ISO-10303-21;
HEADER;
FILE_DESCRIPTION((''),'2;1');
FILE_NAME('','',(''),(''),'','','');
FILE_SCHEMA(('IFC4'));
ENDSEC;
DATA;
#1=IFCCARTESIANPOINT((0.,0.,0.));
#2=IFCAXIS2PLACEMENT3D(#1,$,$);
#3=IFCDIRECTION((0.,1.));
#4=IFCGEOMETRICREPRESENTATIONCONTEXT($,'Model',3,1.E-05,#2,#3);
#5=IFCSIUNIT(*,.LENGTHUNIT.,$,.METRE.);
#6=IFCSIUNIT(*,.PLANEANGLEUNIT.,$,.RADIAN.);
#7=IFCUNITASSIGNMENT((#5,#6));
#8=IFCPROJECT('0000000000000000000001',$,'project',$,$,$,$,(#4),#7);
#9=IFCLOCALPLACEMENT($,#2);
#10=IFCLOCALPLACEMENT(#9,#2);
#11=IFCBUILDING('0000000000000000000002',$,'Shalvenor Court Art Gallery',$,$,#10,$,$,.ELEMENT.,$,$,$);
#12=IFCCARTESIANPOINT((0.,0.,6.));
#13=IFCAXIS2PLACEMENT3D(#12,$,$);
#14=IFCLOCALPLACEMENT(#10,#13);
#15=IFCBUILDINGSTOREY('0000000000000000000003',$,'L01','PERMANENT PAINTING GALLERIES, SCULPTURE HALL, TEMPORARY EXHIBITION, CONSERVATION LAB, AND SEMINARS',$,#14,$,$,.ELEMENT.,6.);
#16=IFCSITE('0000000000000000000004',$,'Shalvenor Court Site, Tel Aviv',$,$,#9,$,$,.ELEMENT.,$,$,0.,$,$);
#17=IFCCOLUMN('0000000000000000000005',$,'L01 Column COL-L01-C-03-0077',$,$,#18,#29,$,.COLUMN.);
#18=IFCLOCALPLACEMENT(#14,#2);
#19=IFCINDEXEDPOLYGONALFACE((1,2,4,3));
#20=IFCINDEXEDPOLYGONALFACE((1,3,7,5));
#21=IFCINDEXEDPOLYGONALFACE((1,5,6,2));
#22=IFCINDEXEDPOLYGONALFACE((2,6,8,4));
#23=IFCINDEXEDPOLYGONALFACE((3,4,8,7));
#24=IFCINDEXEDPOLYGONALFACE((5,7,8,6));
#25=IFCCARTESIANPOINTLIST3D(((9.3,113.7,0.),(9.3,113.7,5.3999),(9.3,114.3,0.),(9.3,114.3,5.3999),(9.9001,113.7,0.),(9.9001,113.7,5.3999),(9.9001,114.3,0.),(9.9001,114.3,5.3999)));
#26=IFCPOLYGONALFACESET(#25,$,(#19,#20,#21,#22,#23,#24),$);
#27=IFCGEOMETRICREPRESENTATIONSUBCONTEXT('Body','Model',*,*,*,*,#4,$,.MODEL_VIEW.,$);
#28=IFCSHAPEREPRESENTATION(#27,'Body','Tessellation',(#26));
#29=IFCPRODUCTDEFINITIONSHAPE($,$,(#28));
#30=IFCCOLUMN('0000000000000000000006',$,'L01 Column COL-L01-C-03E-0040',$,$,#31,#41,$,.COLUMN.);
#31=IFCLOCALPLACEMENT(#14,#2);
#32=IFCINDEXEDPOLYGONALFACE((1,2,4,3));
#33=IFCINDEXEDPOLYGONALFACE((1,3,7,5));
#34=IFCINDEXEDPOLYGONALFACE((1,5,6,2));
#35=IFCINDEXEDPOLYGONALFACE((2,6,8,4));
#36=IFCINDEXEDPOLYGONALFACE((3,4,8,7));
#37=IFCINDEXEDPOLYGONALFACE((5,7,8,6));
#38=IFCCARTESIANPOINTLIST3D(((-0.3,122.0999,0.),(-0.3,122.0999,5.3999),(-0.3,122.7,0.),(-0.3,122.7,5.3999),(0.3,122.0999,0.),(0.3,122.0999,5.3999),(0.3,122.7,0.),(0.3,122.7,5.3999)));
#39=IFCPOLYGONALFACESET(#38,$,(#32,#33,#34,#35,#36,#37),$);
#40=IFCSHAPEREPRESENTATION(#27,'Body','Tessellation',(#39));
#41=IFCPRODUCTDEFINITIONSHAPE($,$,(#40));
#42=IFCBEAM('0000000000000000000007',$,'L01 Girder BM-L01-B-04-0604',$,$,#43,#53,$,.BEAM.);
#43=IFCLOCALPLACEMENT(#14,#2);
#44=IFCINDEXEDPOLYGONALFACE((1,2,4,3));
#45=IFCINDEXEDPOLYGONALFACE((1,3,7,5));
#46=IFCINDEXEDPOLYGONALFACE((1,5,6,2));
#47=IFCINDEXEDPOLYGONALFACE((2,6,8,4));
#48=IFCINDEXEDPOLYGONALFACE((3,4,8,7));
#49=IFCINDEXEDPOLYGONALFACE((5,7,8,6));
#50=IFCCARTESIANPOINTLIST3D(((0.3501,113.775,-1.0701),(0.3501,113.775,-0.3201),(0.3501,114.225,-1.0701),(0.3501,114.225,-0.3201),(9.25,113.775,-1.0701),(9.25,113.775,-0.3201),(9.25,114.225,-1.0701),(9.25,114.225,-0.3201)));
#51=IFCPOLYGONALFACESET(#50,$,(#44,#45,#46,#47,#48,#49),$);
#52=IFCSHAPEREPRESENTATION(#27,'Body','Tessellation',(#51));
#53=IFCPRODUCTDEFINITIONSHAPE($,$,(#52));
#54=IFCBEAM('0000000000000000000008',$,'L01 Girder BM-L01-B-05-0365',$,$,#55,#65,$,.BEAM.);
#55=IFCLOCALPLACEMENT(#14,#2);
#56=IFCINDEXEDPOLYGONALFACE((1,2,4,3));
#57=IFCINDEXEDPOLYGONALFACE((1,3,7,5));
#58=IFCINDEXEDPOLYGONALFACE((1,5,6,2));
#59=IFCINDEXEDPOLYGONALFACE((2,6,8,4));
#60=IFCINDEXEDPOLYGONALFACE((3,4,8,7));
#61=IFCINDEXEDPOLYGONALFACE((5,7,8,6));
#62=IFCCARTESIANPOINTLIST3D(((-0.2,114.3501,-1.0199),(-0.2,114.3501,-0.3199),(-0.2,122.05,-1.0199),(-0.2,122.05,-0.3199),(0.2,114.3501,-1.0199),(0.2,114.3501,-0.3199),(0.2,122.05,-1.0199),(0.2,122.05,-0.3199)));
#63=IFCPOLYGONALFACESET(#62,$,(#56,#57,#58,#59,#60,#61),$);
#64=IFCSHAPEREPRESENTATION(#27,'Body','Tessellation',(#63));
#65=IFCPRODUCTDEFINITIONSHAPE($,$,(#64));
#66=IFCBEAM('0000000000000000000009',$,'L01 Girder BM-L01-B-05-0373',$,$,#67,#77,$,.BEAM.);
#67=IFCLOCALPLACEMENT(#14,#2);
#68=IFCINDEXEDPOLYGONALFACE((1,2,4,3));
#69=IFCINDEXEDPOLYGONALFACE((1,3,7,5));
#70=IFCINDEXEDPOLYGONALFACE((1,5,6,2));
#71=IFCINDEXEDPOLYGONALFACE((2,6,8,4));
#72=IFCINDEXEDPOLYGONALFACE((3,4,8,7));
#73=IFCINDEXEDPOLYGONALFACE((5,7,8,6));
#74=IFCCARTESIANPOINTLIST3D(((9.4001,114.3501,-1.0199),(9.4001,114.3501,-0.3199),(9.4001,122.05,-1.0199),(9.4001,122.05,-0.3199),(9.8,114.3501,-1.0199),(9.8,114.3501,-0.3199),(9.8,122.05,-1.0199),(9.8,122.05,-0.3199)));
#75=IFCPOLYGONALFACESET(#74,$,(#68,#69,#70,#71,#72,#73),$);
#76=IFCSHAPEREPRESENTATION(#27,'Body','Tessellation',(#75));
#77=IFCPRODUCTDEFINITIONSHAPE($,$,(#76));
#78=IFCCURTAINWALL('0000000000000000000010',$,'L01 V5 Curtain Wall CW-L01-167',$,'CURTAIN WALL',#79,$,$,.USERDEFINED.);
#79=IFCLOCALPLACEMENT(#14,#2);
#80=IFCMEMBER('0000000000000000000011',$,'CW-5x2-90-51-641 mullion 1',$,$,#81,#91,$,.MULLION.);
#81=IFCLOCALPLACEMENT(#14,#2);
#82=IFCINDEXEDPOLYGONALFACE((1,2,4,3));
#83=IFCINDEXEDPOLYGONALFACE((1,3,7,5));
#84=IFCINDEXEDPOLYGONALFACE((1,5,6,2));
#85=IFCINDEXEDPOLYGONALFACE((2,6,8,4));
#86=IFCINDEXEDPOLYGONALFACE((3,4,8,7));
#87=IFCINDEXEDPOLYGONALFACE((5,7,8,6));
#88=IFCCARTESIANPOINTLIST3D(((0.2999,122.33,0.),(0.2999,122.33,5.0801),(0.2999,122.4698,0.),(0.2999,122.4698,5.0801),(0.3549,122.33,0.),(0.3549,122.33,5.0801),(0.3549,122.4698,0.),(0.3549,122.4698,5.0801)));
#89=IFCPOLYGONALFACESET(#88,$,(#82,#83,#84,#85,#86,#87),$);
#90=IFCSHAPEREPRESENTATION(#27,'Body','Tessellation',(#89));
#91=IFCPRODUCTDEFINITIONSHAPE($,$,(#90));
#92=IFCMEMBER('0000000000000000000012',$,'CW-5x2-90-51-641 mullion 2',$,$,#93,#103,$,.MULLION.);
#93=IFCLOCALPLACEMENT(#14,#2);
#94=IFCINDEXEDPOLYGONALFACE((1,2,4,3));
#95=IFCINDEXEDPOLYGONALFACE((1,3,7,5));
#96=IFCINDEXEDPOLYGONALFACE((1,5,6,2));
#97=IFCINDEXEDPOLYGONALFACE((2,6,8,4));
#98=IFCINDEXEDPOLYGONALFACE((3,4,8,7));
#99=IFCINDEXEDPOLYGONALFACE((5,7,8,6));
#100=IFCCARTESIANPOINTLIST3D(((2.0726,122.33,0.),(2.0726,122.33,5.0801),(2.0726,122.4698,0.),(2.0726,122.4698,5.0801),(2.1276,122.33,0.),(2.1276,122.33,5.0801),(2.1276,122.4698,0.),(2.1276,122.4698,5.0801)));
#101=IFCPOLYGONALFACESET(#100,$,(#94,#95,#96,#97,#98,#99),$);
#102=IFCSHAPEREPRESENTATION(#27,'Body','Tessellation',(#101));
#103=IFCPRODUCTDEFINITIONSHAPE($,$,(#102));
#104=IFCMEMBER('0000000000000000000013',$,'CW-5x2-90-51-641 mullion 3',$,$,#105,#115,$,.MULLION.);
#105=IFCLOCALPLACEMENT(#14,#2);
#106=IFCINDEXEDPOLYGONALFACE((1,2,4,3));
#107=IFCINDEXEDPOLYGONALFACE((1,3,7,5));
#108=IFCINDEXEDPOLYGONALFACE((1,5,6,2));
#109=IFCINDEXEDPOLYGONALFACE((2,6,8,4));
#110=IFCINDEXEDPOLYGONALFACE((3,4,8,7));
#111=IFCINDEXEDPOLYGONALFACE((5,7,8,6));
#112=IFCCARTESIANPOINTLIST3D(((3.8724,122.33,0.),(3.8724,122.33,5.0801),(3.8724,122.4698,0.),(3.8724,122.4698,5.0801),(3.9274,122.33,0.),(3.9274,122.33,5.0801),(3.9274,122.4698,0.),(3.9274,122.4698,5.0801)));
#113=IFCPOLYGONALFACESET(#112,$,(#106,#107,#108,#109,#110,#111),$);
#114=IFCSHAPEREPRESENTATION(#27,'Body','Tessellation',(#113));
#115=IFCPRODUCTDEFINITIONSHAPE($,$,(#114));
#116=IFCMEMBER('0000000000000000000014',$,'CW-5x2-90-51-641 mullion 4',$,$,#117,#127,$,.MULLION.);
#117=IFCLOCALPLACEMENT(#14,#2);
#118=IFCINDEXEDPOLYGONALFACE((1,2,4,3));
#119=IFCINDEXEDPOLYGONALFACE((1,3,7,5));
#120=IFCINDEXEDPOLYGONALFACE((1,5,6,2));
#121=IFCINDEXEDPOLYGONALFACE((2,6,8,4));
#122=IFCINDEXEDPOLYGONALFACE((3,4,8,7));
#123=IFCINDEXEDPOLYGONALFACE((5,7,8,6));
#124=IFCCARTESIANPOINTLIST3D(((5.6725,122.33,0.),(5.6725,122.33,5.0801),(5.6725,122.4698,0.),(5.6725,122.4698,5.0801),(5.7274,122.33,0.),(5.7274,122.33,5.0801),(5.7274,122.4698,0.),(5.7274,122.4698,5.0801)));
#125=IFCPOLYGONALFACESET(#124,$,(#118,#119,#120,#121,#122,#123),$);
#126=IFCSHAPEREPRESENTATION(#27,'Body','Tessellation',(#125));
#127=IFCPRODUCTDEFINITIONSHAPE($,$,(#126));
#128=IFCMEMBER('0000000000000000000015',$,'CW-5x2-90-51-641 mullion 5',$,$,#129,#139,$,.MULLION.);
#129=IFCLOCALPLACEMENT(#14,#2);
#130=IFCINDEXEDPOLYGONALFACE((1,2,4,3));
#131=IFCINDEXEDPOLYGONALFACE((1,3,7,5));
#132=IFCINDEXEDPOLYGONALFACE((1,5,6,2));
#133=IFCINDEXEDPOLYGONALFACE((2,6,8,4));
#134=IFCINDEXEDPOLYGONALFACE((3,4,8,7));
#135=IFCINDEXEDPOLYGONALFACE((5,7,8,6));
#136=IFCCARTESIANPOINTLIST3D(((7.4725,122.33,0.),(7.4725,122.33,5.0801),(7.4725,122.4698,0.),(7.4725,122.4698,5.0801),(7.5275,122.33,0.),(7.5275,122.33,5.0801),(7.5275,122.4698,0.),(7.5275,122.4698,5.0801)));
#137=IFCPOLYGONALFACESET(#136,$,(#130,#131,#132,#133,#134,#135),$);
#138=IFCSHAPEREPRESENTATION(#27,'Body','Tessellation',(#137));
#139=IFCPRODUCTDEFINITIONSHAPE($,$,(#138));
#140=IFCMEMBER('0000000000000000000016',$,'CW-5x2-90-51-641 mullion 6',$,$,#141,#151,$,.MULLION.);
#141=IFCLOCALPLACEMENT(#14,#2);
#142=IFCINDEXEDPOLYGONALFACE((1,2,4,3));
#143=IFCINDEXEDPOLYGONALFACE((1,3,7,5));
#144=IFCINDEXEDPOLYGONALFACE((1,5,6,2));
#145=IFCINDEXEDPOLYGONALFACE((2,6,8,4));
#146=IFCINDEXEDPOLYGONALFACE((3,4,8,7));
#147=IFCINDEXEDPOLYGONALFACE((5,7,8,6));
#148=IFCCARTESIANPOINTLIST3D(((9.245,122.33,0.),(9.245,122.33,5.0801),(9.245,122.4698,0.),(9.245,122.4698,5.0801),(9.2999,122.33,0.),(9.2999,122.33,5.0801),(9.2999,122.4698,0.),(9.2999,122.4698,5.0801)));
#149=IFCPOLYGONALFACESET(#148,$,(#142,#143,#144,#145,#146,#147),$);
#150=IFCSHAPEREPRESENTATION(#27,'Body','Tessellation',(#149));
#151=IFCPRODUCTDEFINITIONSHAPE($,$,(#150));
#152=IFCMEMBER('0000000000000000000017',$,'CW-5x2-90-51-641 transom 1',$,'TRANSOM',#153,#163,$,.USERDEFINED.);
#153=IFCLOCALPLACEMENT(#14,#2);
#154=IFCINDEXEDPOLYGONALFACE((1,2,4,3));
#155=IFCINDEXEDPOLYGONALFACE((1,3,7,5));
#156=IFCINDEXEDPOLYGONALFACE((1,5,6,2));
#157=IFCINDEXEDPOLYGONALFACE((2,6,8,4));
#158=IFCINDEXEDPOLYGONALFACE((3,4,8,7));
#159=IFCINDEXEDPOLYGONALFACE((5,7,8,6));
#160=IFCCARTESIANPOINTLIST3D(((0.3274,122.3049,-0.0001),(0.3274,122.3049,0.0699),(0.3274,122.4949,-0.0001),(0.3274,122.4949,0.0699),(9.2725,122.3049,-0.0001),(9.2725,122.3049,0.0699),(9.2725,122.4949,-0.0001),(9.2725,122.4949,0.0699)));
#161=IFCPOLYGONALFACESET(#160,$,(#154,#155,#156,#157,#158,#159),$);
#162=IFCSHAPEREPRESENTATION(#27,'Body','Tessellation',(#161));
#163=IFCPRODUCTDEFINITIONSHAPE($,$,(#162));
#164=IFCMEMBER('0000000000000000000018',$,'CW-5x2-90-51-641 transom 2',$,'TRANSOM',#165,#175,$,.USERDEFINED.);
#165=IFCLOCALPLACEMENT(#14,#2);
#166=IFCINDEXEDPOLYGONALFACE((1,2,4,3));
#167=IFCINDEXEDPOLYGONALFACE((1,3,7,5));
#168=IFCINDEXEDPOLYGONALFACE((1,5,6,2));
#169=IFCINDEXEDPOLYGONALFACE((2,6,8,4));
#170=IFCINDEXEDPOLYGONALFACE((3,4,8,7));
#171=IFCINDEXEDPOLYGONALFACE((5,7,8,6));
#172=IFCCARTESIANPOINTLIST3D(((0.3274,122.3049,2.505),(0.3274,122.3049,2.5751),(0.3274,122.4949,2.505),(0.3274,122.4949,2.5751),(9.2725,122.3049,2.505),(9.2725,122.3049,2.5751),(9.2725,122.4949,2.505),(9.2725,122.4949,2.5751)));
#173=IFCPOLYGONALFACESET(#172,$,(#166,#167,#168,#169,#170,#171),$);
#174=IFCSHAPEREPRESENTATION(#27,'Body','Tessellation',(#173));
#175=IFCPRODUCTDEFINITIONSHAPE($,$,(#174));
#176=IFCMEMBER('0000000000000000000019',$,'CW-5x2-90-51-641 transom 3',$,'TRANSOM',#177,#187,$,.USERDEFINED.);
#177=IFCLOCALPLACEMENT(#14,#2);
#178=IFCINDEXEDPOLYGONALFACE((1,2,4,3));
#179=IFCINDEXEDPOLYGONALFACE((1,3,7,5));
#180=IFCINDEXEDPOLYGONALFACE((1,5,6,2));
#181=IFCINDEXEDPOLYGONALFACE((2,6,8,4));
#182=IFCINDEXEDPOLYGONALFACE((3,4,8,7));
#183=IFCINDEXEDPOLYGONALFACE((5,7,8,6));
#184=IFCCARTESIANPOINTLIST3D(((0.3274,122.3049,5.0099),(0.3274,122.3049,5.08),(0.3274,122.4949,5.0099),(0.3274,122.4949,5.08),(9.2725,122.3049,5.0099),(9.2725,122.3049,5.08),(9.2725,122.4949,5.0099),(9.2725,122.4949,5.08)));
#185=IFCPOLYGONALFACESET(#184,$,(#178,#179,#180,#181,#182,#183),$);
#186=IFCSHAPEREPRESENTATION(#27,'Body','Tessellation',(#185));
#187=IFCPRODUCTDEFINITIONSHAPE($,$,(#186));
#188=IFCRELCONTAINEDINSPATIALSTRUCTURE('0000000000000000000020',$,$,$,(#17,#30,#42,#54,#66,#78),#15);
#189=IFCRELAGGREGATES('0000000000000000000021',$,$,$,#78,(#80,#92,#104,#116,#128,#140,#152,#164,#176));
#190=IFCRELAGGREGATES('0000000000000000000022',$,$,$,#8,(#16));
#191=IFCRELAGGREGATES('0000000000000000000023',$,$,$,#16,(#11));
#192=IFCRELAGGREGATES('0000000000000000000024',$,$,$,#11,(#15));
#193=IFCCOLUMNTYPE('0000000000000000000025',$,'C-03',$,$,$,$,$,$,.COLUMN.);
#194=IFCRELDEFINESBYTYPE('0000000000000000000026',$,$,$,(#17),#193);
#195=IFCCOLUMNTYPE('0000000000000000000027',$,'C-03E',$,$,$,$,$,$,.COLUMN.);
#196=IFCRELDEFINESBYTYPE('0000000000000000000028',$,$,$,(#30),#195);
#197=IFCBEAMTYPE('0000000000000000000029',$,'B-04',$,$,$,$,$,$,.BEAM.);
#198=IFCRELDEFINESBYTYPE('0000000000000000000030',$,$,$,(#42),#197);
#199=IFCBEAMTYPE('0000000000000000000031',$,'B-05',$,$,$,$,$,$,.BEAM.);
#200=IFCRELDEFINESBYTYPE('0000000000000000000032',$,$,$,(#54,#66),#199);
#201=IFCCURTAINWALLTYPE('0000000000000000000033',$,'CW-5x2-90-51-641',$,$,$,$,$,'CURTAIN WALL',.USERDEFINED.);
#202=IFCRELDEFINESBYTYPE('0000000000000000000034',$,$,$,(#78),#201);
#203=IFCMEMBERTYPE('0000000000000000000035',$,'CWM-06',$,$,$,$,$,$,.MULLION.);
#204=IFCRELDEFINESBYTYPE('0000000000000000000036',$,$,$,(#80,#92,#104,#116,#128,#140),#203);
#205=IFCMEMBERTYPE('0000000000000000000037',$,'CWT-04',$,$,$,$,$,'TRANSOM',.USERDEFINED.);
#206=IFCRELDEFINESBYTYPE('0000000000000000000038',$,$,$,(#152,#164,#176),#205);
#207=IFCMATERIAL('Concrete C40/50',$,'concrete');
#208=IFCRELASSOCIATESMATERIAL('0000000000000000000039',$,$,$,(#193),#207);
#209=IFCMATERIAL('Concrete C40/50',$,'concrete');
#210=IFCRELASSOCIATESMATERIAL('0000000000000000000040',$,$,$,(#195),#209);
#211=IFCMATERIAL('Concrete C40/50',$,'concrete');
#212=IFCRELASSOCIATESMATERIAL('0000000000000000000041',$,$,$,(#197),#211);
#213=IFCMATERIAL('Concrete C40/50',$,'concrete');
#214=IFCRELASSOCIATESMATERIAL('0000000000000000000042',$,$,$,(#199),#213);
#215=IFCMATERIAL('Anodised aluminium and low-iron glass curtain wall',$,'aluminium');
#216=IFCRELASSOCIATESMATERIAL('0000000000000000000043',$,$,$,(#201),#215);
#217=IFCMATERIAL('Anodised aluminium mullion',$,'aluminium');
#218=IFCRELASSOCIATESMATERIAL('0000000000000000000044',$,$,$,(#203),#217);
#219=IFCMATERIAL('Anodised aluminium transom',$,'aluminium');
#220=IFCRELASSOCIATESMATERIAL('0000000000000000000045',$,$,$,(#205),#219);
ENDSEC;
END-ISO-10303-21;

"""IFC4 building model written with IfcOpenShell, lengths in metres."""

from ifc_helpers import new_model, si_unit, direction, frame, origin, origin_2d, place, context, subcontext, project, spatial, rectangle, extrude, material, material_profile, profile_set, type_object, element, aggregate, save


model = new_model("IFC4")

# Units and contexts
model_context = context("Model", 3, precision=1e-05, world=origin(), true_north=direction((0.0, 1.0)))
body_context = subcontext(model_context, "Body", "Model", "MODEL_VIEW")
ifc_project = project(units=[si_unit("LENGTHUNIT", "METRE"), si_unit("PLANEANGLEUNIT", "RADIAN")], contexts=[model_context])

# Site, building, storey
site_placement = place(None, origin())
site = spatial("IfcSite", under=ifc_project, at=site_placement, Name="Shalvenor Court Site, Tel Aviv", CompositionType="ELEMENT", RefElevation=0.0)
building_placement = place(site_placement, origin())
building = spatial("IfcBuilding", under=site, at=building_placement, Name="Shalvenor Court Art Gallery", CompositionType="ELEMENT")
storey_placement = place(building_placement, frame((0.0, 0.0, 6.0)))
storey = spatial("IfcBuildingStorey", under=building, at=storey_placement, Name="L01", Description="PERMANENT PAINTING GALLERIES, SCULPTURE HALL, TEMPORARY EXHIBITION, CONSERVATION LAB, AND SEMINARS", CompositionType="ELEMENT", Elevation=6.0)

# Columns
ifc_material_1 = material(Name="Concrete C40/50", Category="concrete")
ifc_material_profile_1 = material_profile(ifc_material_1, rectangle(XDim=0.6001, YDim=0.6001, at=origin_2d()), Name="RC 600x600")
ifc_profile_set_1 = profile_set([ifc_material_profile_1], Name="Concrete C40/50")
column_type_1 = type_object("IfcColumnType", Name="C-03", PredefinedType="COLUMN", material=ifc_profile_set_1)
column_1_placement = place(storey_placement, frame((9.6001, 114.0, 0.0), z_axis=(0.0, 0.0, 1.0), x_axis=(1.0, 0.0, 0.0)))
element("IfcColumn", 1, at=column_1_placement, inside=storey, type_object=column_type_1, Name="L01 Column COL-L01-C-03-0077", PredefinedType="COLUMN", context=body_context, shape_type="SweptSolid", body=[
    extrude(rectangle(XDim=0.6001, YDim=0.6001, at=origin_2d()), origin(), (0.0, 0.0, 1.0), 5.3999),
])
ifc_material_2 = material(Name="Concrete C40/50", Category="concrete")
ifc_material_profile_2 = material_profile(ifc_material_2, rectangle(XDim=0.6001, YDim=0.6001, at=origin_2d()), Name="RC 600x600")
ifc_profile_set_2 = profile_set([ifc_material_profile_2], Name="Concrete C40/50")
column_type_2 = type_object("IfcColumnType", Name="C-03E", PredefinedType="COLUMN", material=ifc_profile_set_2)
column_2_placement = place(storey_placement, frame((0.0, 122.3999, 0.0), z_axis=(0.0, 0.0, 1.0), x_axis=(1.0, 0.0, 0.0)))
element("IfcColumn", 2, at=column_2_placement, inside=storey, type_object=column_type_2, Name="L01 Column COL-L01-C-03E-0040", PredefinedType="COLUMN", context=body_context, shape_type="SweptSolid", body=[
    extrude(rectangle(XDim=0.6001, YDim=0.6001, at=origin_2d()), origin(), (0.0, 0.0, 1.0), 5.3999),
])

# Beams
ifc_material_3 = material(Name="Concrete C40/50", Category="concrete")
ifc_material_profile_3 = material_profile(ifc_material_3, rectangle(XDim=0.45, YDim=0.75, at=origin_2d()), Name="RC 450x750")
ifc_profile_set_3 = profile_set([ifc_material_profile_3], Name="Concrete C40/50")
beam_type_1 = type_object("IfcBeamType", Name="B-04", PredefinedType="BEAM", material=ifc_profile_set_3)
beam_1_placement = place(storey_placement, frame((0.3501, 114.0, -0.6951), z_axis=(1.0, 0.0, 0.0), x_axis=(0.0, 1.0, 0.0)))
element("IfcBeam", 3, at=beam_1_placement, inside=storey, type_object=beam_type_1, Name="L01 Girder BM-L01-B-04-0604", PredefinedType="BEAM", context=body_context, shape_type="SweptSolid", body=[
    extrude(rectangle(XDim=0.45, YDim=0.75, at=origin_2d()), origin(), (0.0, 0.0, 1.0), 8.8999),
])
ifc_material_4 = material(Name="Concrete C40/50", Category="concrete")
ifc_material_profile_4 = material_profile(ifc_material_4, rectangle(XDim=0.3999, YDim=0.7, at=origin_2d()), Name="RC 400x700")
ifc_profile_set_4 = profile_set([ifc_material_profile_4], Name="Concrete C40/50")
beam_type_2 = type_object("IfcBeamType", Name="B-05", PredefinedType="BEAM", material=ifc_profile_set_4)
for number, where, z_axis, x_axis, name in (
    (4, (0.0, 114.3501, -0.6699), (0.0, 1.0, 0.0), (-1.0, 0.0, 0.0), "L01 Girder BM-L01-B-05-0365"),
    (5, (9.6001, 114.3501, -0.6699), (0.0, 1.0, 0.0), (-1.0, 0.0, 0.0), "L01 Girder BM-L01-B-05-0373"),
):
    element("IfcBeam", number, at=place(storey_placement, frame(where, z_axis=z_axis, x_axis=x_axis)), inside=storey, type_object=beam_type_2, Name=name, PredefinedType="BEAM", context=body_context, shape_type="SweptSolid", body=[
        extrude(rectangle(XDim=0.3999, YDim=0.7, at=origin_2d()), origin(), (0.0, 0.0, 1.0), 7.7),
    ])

# Curtain wall, members
ifc_material_5 = material(Name="Anodised aluminium and low-iron glass curtain wall", Category="aluminium")
curtain_wall_type = type_object("IfcCurtainWallType", Name="CW-5x2-90-51-641", ElementType="CURTAIN WALL", PredefinedType="USERDEFINED", material=ifc_material_5)
curtain_wall_placement = place(storey_placement, origin())
curtain_wall = element("IfcCurtainWall", 6, at=curtain_wall_placement, inside=storey, type_object=curtain_wall_type, Name="L01 V5 Curtain Wall CW-L01-167", ObjectType="CURTAIN WALL", PredefinedType="USERDEFINED")
ifc_material_6 = material(Name="Anodised aluminium mullion", Category="aluminium")
ifc_material_profile_5 = material_profile(ifc_material_6, rectangle(XDim=0.0549, YDim=0.1399, at=origin_2d()), Name="CWM-06")
ifc_profile_set_5 = profile_set([ifc_material_profile_5], Name="Anodised aluminium mullion")
member_type_1 = type_object("IfcMemberType", Name="CWM-06", PredefinedType="MULLION", material=ifc_profile_set_5)
member_1_placement = place(storey_placement, frame((0.3274, 122.3999, 0.0), z_axis=(0.0, 0.0, 1.0), x_axis=(1.0, 0.0, 0.0)))
member_1 = element("IfcMember", 7, at=member_1_placement, type_object=member_type_1, Name="CW-5x2-90-51-641 mullion 1", PredefinedType="MULLION", context=body_context, shape_type="SweptSolid", body=[
    extrude(rectangle(XDim=0.0549, YDim=0.1399, at=origin_2d()), origin(), (0.0, 0.0, 1.0), 5.0801),
])
member_2_placement = place(storey_placement, frame((2.1001, 122.3999, 0.0), z_axis=(0.0, 0.0, 1.0), x_axis=(1.0, 0.0, 0.0)))
member_2 = element("IfcMember", 8, at=member_2_placement, type_object=member_type_1, Name="CW-5x2-90-51-641 mullion 2", PredefinedType="MULLION", context=body_context, shape_type="SweptSolid", body=[
    extrude(rectangle(XDim=0.0549, YDim=0.1399, at=origin_2d()), origin(), (0.0, 0.0, 1.0), 5.0801),
])
member_3_placement = place(storey_placement, frame((3.8999, 122.3999, 0.0), z_axis=(0.0, 0.0, 1.0), x_axis=(1.0, 0.0, 0.0)))
member_3 = element("IfcMember", 9, at=member_3_placement, type_object=member_type_1, Name="CW-5x2-90-51-641 mullion 3", PredefinedType="MULLION", context=body_context, shape_type="SweptSolid", body=[
    extrude(rectangle(XDim=0.0549, YDim=0.1399, at=origin_2d()), origin(), (0.0, 0.0, 1.0), 5.0801),
])
member_4_placement = place(storey_placement, frame((5.7, 122.3999, 0.0), z_axis=(0.0, 0.0, 1.0), x_axis=(1.0, 0.0, 0.0)))
member_4 = element("IfcMember", 10, at=member_4_placement, type_object=member_type_1, Name="CW-5x2-90-51-641 mullion 4", PredefinedType="MULLION", context=body_context, shape_type="SweptSolid", body=[
    extrude(rectangle(XDim=0.0549, YDim=0.1399, at=origin_2d()), origin(), (0.0, 0.0, 1.0), 5.0801),
])
member_5_placement = place(storey_placement, frame((7.5, 122.3999, 0.0), z_axis=(0.0, 0.0, 1.0), x_axis=(1.0, 0.0, 0.0)))
member_5 = element("IfcMember", 11, at=member_5_placement, type_object=member_type_1, Name="CW-5x2-90-51-641 mullion 5", PredefinedType="MULLION", context=body_context, shape_type="SweptSolid", body=[
    extrude(rectangle(XDim=0.0549, YDim=0.1399, at=origin_2d()), origin(), (0.0, 0.0, 1.0), 5.0801),
])
member_6_placement = place(storey_placement, frame((9.2725, 122.3999, 0.0), z_axis=(0.0, 0.0, 1.0), x_axis=(1.0, 0.0, 0.0)))
member_6 = element("IfcMember", 12, at=member_6_placement, type_object=member_type_1, Name="CW-5x2-90-51-641 mullion 6", PredefinedType="MULLION", context=body_context, shape_type="SweptSolid", body=[
    extrude(rectangle(XDim=0.0549, YDim=0.1399, at=origin_2d()), origin(), (0.0, 0.0, 1.0), 5.0801),
])
ifc_material_7 = material(Name="Anodised aluminium transom", Category="aluminium")
ifc_material_profile_6 = material_profile(ifc_material_7, rectangle(XDim=0.1899, YDim=0.0701, at=origin_2d()), Name="CWT-04")
ifc_profile_set_6 = profile_set([ifc_material_profile_6], Name="Anodised aluminium transom")
member_type_2 = type_object("IfcMemberType", Name="CWT-04", ElementType="TRANSOM", PredefinedType="USERDEFINED", material=ifc_profile_set_6)
member_7_placement = place(storey_placement, frame((0.3274, 122.3999, 0.0349), z_axis=(1.0, 0.0, 0.0), x_axis=(0.0, 1.0, 0.0)))
member_7 = element("IfcMember", 13, at=member_7_placement, type_object=member_type_2, Name="CW-5x2-90-51-641 transom 1", ObjectType="TRANSOM", PredefinedType="USERDEFINED", context=body_context, shape_type="SweptSolid", body=[
    extrude(rectangle(XDim=0.1899, YDim=0.0701, at=origin_2d()), origin(), (0.0, 0.0, 1.0), 8.9451),
])
member_8_placement = place(storey_placement, frame((0.3274, 122.3999, 2.54), z_axis=(1.0, 0.0, 0.0), x_axis=(0.0, 1.0, 0.0)))
member_8 = element("IfcMember", 14, at=member_8_placement, type_object=member_type_2, Name="CW-5x2-90-51-641 transom 2", ObjectType="TRANSOM", PredefinedType="USERDEFINED", context=body_context, shape_type="SweptSolid", body=[
    extrude(rectangle(XDim=0.1899, YDim=0.0701, at=origin_2d()), origin(), (0.0, 0.0, 1.0), 8.9451),
])
member_9_placement = place(storey_placement, frame((0.3274, 122.3999, 5.0449), z_axis=(1.0, 0.0, 0.0), x_axis=(0.0, 1.0, 0.0)))
member_9 = element("IfcMember", 15, at=member_9_placement, type_object=member_type_2, Name="CW-5x2-90-51-641 transom 3", ObjectType="TRANSOM", PredefinedType="USERDEFINED", context=body_context, shape_type="SweptSolid", body=[
    extrude(rectangle(XDim=0.1899, YDim=0.0701, at=origin_2d()), origin(), (0.0, 0.0, 1.0), 8.9451),
])

aggregate(curtain_wall, [member_1, member_2, member_3, member_4, member_5, member_6, member_7, member_8, member_9])

save(model, "model.ifc")
